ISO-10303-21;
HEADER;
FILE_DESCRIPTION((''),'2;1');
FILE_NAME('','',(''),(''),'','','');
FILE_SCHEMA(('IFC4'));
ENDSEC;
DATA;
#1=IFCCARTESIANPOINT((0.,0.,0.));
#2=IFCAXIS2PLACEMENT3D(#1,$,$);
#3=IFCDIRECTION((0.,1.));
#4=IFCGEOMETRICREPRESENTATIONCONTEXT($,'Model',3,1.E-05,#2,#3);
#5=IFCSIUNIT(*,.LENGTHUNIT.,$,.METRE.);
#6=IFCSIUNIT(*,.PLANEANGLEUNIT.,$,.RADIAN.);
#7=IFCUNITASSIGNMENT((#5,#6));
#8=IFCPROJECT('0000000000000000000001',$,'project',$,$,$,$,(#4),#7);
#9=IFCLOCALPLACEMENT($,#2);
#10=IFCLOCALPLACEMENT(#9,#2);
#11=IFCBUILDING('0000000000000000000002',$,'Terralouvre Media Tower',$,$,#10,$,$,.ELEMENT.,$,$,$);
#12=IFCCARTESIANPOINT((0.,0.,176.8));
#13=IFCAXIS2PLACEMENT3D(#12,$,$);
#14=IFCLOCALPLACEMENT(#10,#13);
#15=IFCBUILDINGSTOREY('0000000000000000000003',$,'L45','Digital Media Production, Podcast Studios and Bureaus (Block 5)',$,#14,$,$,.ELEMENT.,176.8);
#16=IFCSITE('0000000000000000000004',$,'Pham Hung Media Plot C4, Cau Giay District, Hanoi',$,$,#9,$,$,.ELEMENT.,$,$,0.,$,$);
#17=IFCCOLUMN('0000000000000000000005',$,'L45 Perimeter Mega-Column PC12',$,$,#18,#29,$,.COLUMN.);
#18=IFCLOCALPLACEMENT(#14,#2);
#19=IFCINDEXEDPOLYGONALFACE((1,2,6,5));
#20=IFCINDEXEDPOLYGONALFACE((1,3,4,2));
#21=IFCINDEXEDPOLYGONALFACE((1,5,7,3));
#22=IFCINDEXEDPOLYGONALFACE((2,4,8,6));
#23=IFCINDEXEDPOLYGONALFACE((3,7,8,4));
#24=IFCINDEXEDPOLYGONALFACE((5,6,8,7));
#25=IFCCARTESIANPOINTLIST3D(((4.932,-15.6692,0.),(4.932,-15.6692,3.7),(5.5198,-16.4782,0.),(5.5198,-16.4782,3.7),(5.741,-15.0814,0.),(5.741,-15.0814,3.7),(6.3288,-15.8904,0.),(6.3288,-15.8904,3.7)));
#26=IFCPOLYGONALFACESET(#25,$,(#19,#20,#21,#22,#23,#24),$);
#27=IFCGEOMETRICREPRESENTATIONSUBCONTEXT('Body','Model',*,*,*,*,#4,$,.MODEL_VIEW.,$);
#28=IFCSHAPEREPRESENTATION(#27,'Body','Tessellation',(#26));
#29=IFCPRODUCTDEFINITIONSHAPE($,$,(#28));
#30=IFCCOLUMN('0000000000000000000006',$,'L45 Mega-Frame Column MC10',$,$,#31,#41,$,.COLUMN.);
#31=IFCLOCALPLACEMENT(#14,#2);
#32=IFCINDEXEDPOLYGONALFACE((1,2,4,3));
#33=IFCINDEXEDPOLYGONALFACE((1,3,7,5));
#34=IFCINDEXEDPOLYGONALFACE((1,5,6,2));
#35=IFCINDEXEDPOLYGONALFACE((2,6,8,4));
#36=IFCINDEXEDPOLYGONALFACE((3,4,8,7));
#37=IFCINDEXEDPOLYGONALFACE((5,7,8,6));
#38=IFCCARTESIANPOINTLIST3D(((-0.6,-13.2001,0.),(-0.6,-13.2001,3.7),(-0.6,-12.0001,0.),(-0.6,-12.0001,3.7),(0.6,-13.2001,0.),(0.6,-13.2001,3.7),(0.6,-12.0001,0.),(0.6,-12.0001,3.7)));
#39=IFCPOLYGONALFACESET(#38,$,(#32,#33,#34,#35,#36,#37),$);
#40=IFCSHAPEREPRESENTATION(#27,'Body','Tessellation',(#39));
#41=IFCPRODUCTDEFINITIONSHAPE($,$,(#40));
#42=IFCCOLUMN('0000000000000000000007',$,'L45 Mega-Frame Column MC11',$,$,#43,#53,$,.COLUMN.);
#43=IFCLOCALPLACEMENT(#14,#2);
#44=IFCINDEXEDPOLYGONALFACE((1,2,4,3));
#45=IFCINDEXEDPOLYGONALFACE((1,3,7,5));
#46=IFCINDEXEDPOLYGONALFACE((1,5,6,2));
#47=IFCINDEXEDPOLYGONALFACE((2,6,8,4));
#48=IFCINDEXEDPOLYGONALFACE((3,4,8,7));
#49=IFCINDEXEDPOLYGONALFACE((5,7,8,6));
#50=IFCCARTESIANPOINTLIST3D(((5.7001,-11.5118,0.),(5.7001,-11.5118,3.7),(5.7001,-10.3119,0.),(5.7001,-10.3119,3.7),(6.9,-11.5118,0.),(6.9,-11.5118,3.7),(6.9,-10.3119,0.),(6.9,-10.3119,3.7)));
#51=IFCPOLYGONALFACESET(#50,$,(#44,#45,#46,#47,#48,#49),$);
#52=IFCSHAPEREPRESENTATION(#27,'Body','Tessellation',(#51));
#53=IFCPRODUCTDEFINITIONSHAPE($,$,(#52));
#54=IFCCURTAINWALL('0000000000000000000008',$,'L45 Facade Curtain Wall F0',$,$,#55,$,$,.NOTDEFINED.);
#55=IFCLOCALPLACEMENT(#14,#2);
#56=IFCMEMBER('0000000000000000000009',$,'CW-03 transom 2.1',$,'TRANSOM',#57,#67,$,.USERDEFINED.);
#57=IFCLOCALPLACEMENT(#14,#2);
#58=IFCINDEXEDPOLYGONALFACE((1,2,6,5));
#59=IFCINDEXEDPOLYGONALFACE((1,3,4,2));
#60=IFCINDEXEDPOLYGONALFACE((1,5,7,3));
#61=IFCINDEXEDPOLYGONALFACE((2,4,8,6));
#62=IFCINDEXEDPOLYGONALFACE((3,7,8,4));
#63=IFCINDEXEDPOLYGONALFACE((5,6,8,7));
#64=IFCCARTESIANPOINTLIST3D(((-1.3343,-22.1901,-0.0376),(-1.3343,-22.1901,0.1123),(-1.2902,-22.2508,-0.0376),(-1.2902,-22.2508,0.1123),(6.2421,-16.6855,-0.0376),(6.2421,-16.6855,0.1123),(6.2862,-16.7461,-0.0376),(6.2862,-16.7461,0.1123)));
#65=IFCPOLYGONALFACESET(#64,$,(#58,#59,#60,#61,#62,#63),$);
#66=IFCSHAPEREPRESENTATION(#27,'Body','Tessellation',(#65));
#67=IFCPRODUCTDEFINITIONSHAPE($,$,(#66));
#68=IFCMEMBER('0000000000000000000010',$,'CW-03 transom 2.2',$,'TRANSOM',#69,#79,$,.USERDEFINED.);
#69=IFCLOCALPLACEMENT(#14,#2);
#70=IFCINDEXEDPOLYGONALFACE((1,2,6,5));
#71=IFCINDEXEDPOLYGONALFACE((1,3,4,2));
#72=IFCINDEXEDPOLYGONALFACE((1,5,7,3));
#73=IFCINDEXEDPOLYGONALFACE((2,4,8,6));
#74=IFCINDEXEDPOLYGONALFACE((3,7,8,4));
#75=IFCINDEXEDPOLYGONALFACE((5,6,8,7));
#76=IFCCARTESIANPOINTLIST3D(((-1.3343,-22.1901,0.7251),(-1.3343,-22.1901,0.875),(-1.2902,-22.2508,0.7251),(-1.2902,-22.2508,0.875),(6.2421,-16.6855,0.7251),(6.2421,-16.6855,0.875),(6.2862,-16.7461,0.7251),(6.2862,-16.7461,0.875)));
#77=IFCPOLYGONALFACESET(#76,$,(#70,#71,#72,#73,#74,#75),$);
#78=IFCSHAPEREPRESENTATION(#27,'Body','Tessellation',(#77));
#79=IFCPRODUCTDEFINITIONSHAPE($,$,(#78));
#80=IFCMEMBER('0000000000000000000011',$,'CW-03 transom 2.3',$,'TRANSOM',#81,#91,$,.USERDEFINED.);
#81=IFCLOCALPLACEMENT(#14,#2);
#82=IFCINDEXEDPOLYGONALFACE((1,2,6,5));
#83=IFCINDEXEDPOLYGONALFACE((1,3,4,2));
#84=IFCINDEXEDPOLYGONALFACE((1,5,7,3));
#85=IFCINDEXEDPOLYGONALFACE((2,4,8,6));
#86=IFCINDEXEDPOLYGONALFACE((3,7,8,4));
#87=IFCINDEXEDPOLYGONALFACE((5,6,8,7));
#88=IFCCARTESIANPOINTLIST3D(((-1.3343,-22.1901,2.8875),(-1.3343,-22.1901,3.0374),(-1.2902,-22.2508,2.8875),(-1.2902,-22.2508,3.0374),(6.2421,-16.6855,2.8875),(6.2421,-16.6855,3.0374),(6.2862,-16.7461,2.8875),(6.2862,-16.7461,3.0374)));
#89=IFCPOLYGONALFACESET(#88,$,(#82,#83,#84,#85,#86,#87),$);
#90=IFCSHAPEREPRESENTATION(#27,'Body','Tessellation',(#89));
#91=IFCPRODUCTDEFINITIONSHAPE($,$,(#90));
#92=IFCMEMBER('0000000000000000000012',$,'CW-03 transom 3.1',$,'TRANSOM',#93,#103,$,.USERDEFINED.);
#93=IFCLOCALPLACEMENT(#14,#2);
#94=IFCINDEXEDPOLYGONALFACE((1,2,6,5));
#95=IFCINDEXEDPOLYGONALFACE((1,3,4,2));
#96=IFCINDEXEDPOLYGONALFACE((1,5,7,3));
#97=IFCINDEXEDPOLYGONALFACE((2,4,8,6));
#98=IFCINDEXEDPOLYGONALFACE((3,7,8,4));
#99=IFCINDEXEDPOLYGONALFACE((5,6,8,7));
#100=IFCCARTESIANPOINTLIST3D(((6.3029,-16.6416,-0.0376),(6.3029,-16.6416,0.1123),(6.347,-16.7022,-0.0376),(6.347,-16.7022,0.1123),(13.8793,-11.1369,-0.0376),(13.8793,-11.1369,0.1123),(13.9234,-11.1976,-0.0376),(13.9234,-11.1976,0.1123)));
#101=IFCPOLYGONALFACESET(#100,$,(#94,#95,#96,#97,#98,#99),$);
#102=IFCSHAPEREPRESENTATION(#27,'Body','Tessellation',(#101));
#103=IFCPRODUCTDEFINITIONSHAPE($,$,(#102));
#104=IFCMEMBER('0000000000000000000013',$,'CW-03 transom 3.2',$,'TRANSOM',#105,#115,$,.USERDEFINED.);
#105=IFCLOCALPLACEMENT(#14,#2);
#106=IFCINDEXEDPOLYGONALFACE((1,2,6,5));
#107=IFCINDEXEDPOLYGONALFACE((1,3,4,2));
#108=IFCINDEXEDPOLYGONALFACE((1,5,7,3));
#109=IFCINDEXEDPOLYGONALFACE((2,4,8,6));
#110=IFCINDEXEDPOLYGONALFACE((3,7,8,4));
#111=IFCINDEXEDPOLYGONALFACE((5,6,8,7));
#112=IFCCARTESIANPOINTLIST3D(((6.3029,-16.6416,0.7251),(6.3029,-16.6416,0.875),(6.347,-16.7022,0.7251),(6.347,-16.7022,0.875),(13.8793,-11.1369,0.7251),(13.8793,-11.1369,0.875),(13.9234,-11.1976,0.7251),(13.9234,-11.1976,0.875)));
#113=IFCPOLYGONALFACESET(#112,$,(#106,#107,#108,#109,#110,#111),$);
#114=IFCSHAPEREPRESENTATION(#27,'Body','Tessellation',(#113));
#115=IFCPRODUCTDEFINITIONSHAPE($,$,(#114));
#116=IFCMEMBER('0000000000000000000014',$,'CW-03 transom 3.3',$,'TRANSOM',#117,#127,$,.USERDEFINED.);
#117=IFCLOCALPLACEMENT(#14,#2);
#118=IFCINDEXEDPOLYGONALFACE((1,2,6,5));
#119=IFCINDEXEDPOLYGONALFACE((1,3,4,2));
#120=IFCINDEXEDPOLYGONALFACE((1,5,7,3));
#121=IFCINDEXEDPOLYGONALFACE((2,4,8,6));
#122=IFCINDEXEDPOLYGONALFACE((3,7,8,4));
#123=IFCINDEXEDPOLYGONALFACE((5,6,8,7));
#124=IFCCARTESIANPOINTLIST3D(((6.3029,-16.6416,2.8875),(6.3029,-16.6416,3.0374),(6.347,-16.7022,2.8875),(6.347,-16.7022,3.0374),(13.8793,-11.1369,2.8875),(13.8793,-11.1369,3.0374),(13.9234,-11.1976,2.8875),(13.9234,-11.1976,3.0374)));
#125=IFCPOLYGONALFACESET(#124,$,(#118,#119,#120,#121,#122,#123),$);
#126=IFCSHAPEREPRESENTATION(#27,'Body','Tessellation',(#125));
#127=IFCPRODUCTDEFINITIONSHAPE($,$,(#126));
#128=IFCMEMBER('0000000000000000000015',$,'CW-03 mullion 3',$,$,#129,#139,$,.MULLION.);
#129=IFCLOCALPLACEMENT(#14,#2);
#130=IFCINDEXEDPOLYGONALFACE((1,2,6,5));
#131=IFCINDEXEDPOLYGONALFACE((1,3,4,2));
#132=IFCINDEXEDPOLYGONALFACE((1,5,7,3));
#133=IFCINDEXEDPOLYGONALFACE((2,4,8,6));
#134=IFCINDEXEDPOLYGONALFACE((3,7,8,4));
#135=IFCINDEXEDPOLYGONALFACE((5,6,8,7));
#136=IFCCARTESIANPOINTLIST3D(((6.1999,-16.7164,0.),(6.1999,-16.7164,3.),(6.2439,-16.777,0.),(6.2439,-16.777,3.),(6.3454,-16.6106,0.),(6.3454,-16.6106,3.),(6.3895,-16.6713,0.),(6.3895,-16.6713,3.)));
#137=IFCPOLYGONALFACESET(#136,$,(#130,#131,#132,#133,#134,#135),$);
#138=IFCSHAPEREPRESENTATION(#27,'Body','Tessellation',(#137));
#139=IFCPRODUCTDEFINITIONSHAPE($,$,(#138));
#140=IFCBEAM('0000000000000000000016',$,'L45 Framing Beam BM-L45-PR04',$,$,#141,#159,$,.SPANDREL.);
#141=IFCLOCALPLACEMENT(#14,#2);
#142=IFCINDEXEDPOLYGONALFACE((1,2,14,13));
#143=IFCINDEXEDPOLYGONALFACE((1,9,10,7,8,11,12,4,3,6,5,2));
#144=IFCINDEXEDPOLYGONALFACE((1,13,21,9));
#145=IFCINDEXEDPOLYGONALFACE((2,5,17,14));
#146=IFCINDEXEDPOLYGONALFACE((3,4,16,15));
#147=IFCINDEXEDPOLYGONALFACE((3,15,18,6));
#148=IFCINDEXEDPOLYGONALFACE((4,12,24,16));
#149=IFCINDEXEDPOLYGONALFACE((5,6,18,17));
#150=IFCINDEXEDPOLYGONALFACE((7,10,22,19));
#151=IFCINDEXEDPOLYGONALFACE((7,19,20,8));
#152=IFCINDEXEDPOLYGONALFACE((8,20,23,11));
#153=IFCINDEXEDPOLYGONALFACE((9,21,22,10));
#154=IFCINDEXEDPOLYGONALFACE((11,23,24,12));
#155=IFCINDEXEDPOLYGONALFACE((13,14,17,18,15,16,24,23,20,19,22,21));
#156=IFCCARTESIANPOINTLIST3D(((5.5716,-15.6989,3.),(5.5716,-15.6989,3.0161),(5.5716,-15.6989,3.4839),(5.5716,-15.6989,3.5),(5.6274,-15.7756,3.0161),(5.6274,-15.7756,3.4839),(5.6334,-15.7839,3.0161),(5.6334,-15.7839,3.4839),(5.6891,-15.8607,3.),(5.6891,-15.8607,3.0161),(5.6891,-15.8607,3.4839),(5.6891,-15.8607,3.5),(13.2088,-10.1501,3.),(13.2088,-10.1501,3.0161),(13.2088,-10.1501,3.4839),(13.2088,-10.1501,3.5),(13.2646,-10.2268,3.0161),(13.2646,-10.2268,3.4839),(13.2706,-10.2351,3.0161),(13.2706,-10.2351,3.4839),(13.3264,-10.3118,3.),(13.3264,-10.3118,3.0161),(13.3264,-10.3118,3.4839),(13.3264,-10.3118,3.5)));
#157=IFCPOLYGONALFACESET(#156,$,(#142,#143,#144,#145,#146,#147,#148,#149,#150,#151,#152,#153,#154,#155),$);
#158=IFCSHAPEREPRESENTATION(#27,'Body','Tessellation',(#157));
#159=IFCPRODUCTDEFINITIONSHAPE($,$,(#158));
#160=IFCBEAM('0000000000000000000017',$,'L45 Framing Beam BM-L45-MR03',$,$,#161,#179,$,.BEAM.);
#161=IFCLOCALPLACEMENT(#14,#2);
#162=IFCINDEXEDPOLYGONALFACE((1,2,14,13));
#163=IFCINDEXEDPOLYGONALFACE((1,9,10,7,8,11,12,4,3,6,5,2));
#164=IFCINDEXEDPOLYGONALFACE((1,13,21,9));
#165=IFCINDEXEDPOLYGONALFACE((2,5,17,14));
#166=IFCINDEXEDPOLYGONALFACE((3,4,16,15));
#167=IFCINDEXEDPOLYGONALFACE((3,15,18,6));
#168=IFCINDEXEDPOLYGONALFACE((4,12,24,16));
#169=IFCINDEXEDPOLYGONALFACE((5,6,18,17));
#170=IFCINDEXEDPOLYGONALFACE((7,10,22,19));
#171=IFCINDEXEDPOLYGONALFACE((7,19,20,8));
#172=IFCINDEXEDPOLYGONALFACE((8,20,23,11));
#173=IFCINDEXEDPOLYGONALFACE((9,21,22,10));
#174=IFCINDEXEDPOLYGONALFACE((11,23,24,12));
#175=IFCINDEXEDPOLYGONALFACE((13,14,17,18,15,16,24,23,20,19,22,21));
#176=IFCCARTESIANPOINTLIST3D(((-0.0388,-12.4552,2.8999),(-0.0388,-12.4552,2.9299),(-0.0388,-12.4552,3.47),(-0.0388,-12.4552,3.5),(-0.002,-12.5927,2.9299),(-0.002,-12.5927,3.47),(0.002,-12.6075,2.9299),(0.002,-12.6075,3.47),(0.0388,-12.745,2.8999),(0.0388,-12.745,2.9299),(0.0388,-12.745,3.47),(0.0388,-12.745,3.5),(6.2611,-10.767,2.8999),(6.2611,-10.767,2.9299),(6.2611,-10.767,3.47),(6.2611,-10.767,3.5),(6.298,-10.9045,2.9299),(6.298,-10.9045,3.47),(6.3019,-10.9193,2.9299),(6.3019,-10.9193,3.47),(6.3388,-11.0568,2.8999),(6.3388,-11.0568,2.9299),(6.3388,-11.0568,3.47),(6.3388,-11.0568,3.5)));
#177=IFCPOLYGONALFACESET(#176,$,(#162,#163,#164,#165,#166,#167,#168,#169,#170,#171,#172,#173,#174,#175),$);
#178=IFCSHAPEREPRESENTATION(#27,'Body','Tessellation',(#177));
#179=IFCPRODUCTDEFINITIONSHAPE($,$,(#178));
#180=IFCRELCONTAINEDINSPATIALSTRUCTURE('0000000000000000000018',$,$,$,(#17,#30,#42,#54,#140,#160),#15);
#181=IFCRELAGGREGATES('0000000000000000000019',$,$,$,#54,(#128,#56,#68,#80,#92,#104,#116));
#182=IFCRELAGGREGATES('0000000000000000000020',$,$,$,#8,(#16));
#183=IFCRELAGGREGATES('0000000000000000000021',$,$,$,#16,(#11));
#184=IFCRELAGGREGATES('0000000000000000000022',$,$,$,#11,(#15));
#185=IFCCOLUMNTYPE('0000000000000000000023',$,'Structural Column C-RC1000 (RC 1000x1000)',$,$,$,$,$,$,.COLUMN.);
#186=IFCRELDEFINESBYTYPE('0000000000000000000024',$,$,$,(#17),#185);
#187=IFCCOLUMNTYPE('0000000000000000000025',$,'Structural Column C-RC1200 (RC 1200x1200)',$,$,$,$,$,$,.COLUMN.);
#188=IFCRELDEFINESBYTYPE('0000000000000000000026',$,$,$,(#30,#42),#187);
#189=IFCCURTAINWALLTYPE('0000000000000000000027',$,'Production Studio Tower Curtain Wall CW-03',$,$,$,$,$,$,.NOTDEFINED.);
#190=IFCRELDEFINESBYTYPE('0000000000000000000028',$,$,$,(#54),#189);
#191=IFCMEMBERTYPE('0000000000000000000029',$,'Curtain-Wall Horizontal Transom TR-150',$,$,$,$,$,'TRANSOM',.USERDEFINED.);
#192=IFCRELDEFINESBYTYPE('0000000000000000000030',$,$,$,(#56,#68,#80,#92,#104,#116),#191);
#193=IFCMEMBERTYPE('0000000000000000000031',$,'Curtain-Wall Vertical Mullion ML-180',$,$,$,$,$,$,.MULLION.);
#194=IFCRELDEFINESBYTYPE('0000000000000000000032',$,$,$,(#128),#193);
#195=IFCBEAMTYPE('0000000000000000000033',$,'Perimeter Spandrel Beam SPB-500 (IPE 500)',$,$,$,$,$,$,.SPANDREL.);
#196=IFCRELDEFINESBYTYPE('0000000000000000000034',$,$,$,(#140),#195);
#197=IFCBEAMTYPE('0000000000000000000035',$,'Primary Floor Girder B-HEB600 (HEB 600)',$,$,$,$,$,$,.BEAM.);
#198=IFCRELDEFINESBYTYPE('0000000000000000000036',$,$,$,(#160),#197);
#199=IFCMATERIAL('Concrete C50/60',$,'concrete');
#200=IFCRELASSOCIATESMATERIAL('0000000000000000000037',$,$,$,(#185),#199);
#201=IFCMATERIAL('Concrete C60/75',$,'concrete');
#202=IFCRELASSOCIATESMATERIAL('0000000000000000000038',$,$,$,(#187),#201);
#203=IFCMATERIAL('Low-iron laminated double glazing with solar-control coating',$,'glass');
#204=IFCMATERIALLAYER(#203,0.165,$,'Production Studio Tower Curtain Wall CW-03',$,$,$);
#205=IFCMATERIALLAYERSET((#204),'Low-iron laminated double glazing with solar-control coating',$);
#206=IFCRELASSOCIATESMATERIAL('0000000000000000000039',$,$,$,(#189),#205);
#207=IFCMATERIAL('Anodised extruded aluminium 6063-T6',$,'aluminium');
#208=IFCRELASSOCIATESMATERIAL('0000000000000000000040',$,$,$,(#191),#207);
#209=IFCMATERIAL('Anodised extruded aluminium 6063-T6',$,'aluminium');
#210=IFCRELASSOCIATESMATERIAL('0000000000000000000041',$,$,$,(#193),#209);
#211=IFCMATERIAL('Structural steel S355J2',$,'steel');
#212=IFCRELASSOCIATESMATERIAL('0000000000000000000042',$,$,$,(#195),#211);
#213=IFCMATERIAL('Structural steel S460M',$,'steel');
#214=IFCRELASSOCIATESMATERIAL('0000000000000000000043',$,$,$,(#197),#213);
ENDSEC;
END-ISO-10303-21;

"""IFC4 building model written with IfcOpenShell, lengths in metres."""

from ifc_helpers import new_model, si_unit, direction, frame, origin, origin_2d, place, context, subcontext, project, spatial, rectangle, i_section, extrude, material, layer, layer_set, material_profile, profile_set, type_object, element, aggregate, save


model = new_model("IFC4")

# Units and contexts
model_context = context("Model", 3, precision=1e-05, world=origin(), true_north=direction((0.0, 1.0)))
body_context = subcontext(model_context, "Body", "Model", "MODEL_VIEW")
ifc_project = project(units=[si_unit("LENGTHUNIT", "METRE"), si_unit("PLANEANGLEUNIT", "RADIAN")], contexts=[model_context])

# Site, building, storey
site_placement = place(None, origin())
site = spatial("IfcSite", under=ifc_project, at=site_placement, Name="Pham Hung Media Plot C4, Cau Giay District, Hanoi", CompositionType="ELEMENT", RefElevation=0.0)
building_placement = place(site_placement, origin())
building = spatial("IfcBuilding", under=site, at=building_placement, Name="Terralouvre Media Tower", CompositionType="ELEMENT")
storey_placement = place(building_placement, frame((0.0, 0.0, 176.8)))
storey = spatial("IfcBuildingStorey", under=building, at=storey_placement, Name="L45", Description="Digital Media Production, Podcast Studios and Bureaus (Block 5)", CompositionType="ELEMENT", Elevation=176.8)

# Columns
ifc_material_1 = material(Name="Concrete C50/60", Category="concrete")
ifc_material_profile_1 = material_profile(ifc_material_1, rectangle(XDim=1.0, YDim=1.0, at=origin_2d()), Name="RC 1000x1000")
ifc_profile_set_1 = profile_set([ifc_material_profile_1], Name="Concrete C50/60")
column_type_1 = type_object("IfcColumnType", Name="Structural Column C-RC1000 (RC 1000x1000)", PredefinedType="COLUMN", material=ifc_profile_set_1)
column_placement = place(storey_placement, frame((5.6304, -15.7798, 0.0), z_axis=(0.0, 0.0, 1.0), x_axis=(0.809017, 0.587785, 0.0)))
element("IfcColumn", 1, at=column_placement, inside=storey, type_object=column_type_1, Name="L45 Perimeter Mega-Column PC12", PredefinedType="COLUMN", context=body_context, shape_type="SweptSolid", body=[
    extrude(rectangle(XDim=1.0, YDim=1.0, at=origin_2d()), origin(), (0.0, 0.0, 1.0), 3.7),
])
ifc_material_2 = material(Name="Concrete C60/75", Category="concrete")
ifc_material_profile_2 = material_profile(ifc_material_2, rectangle(XDim=1.2, YDim=1.2, at=origin_2d()), Name="RC 1200x1200")
ifc_profile_set_2 = profile_set([ifc_material_profile_2], Name="Concrete C60/75")
column_type_2 = type_object("IfcColumnType", Name="Structural Column C-RC1200 (RC 1200x1200)", PredefinedType="COLUMN", material=ifc_profile_set_2)
for number, where, z_axis, x_axis, name in (
    (2, (0.0, -12.6001, 0.0), (0.0, 0.0, 1.0), (1.0, 0.0, 0.0), "L45 Mega-Frame Column MC10"),
    (3, (6.3, -10.9119, 0.0), (0.0, 0.0, 1.0), (1.0, 0.0, 0.0), "L45 Mega-Frame Column MC11"),
):
    element("IfcColumn", number, at=place(storey_placement, frame(where, z_axis=z_axis, x_axis=x_axis)), inside=storey, type_object=column_type_2, Name=name, PredefinedType="COLUMN", context=body_context, shape_type="SweptSolid", body=[
        extrude(rectangle(XDim=1.2, YDim=1.2, at=origin_2d()), origin(), (0.0, 0.0, 1.0), 3.7),
    ])

# Curtain wall, members
ifc_material_3 = material(Name="Low-iron laminated double glazing with solar-control coating", Category="glass")
ifc_layer_1 = layer(ifc_material_3, 0.165, Name="Production Studio Tower Curtain Wall CW-03")
ifc_layer_set_1 = layer_set([ifc_layer_1], Name="Low-iron laminated double glazing with solar-control coating")
curtain_wall_type = type_object("IfcCurtainWallType", Name="Production Studio Tower Curtain Wall CW-03", PredefinedType="NOTDEFINED", material=ifc_layer_set_1)
curtain_wall_placement = place(storey_placement, origin())
curtain_wall = element("IfcCurtainWall", 4, at=curtain_wall_placement, inside=storey, type_object=curtain_wall_type, Name="L45 Facade Curtain Wall F0", PredefinedType="NOTDEFINED")
ifc_material_4 = material(Name="Anodised extruded aluminium 6063-T6", Category="aluminium")
ifc_material_profile_3 = material_profile(ifc_material_4, rectangle(XDim=0.075, YDim=0.1499, at=origin_2d()), Name="ALU 75x150")
ifc_profile_set_3 = profile_set([ifc_material_profile_3], Name="Anodised extruded aluminium 6063-T6")
member_type_1 = type_object("IfcMemberType", Name="Curtain-Wall Horizontal Transom TR-150", ElementType="TRANSOM", PredefinedType="USERDEFINED", material=ifc_profile_set_3)
member_1_placement = place(storey_placement, frame((-1.3123, -22.2205, 0.0374), z_axis=(0.809014, 0.587789, 0.0), x_axis=(-0.587789, 0.809014, 0.0)))
member_1 = element("IfcMember", 5, at=member_1_placement, type_object=member_type_1, Name="CW-03 transom 2.1", ObjectType="TRANSOM", PredefinedType="USERDEFINED", context=body_context, shape_type="SweptSolid", body=[
    extrude(rectangle(XDim=0.075, YDim=0.1499, at=origin_2d()), origin(), (0.0, 0.0, 1.0), 9.365),
])
member_2_placement = place(storey_placement, frame((-1.3123, -22.2205, 0.8), z_axis=(0.809014, 0.587789, 0.0), x_axis=(-0.587789, 0.809014, 0.0)))
member_2 = element("IfcMember", 6, at=member_2_placement, type_object=member_type_1, Name="CW-03 transom 2.2", ObjectType="TRANSOM", PredefinedType="USERDEFINED", context=body_context, shape_type="SweptSolid", body=[
    extrude(rectangle(XDim=0.075, YDim=0.1499, at=origin_2d()), origin(), (0.0, 0.0, 1.0), 9.365),
])
member_3_placement = place(storey_placement, frame((-1.3123, -22.2205, 2.9624), z_axis=(0.809014, 0.587789, 0.0), x_axis=(-0.587789, 0.809014, 0.0)))
member_3 = element("IfcMember", 7, at=member_3_placement, type_object=member_type_1, Name="CW-03 transom 2.3", ObjectType="TRANSOM", PredefinedType="USERDEFINED", context=body_context, shape_type="SweptSolid", body=[
    extrude(rectangle(XDim=0.075, YDim=0.1499, at=origin_2d()), origin(), (0.0, 0.0, 1.0), 9.365),
])
member_4_placement = place(storey_placement, frame((6.325, -16.6719, 0.0374), z_axis=(0.809014, 0.587789, 0.0), x_axis=(-0.587789, 0.809014, 0.0)))
member_4 = element("IfcMember", 8, at=member_4_placement, type_object=member_type_1, Name="CW-03 transom 3.1", ObjectType="TRANSOM", PredefinedType="USERDEFINED", context=body_context, shape_type="SweptSolid", body=[
    extrude(rectangle(XDim=0.075, YDim=0.1499, at=origin_2d()), origin(), (0.0, 0.0, 1.0), 9.365),
])
member_5_placement = place(storey_placement, frame((6.325, -16.6719, 0.8), z_axis=(0.809014, 0.587789, 0.0), x_axis=(-0.587789, 0.809014, 0.0)))
member_5 = element("IfcMember", 9, at=member_5_placement, type_object=member_type_1, Name="CW-03 transom 3.2", ObjectType="TRANSOM", PredefinedType="USERDEFINED", context=body_context, shape_type="SweptSolid", body=[
    extrude(rectangle(XDim=0.075, YDim=0.1499, at=origin_2d()), origin(), (0.0, 0.0, 1.0), 9.365),
])
member_6_placement = place(storey_placement, frame((6.325, -16.6719, 2.9624), z_axis=(0.809014, 0.587789, 0.0), x_axis=(-0.587789, 0.809014, 0.0)))
member_6 = element("IfcMember", 10, at=member_6_placement, type_object=member_type_1, Name="CW-03 transom 3.3", ObjectType="TRANSOM", PredefinedType="USERDEFINED", context=body_context, shape_type="SweptSolid", body=[
    extrude(rectangle(XDim=0.075, YDim=0.1499, at=origin_2d()), origin(), (0.0, 0.0, 1.0), 9.365),
])
ifc_material_5 = material(Name="Anodised extruded aluminium 6063-T6", Category="aluminium")
ifc_material_profile_4 = material_profile(ifc_material_5, rectangle(XDim=0.075, YDim=0.1799, at=origin_2d()), Name="ALU 75x180")
ifc_profile_set_4 = profile_set([ifc_material_profile_4], Name="Anodised extruded aluminium 6063-T6")
member_type_2 = type_object("IfcMemberType", Name="Curtain-Wall Vertical Mullion ML-180", PredefinedType="MULLION", material=ifc_profile_set_4)
member_7_placement = place(storey_placement, frame((6.2947, -16.6938, 0.0), z_axis=(0.0, 0.0, 1.0), x_axis=(-0.587785, 0.809017, 0.0)))
member_7 = element("IfcMember", 11, at=member_7_placement, type_object=member_type_2, Name="CW-03 mullion 3", PredefinedType="MULLION", context=body_context, shape_type="SweptSolid", body=[
    extrude(rectangle(XDim=0.075, YDim=0.1799, at=origin_2d()), origin(), (0.0, 0.0, 1.0), 3.0),
])

# Beams
ifc_material_6 = material(Name="Structural steel S355J2", Category="steel")
ifc_material_profile_5 = material_profile(ifc_material_6, i_section(OverallWidth=0.2, OverallDepth=0.5, WebThickness=0.0103, FlangeThickness=0.0161, at=origin_2d()), Name="IPE 500")
ifc_profile_set_5 = profile_set([ifc_material_profile_5], Name="Structural steel S355J2")
beam_type_1 = type_object("IfcBeamType", Name="Perimeter Spandrel Beam SPB-500 (IPE 500)", PredefinedType="SPANDREL", material=ifc_profile_set_5)
beam_1_placement = place(storey_placement, frame((5.6304, -15.7798, 3.25), z_axis=(0.809013, 0.58779, 0.0), x_axis=(-0.58779, 0.809013, 0.0)))
element("IfcBeam", 12, at=beam_1_placement, inside=storey, type_object=beam_type_1, Name="L45 Framing Beam BM-L45-PR04", PredefinedType="SPANDREL", context=body_context, shape_type="SweptSolid", body=[
    extrude(i_section(OverallWidth=0.2, OverallDepth=0.5, WebThickness=0.0103, FlangeThickness=0.0161, at=origin_2d()), origin(), (0.0, 0.0, 1.0), 9.4402),
])
ifc_material_7 = material(Name="Structural steel S460M", Category="steel")
ifc_material_profile_6 = material_profile(ifc_material_7, i_section(OverallWidth=0.3, OverallDepth=0.6001, WebThickness=0.0154, FlangeThickness=0.03, at=origin_2d()), Name="HEB 600")
ifc_profile_set_6 = profile_set([ifc_material_profile_6], Name="Structural steel S460M")
beam_type_2 = type_object("IfcBeamType", Name="Primary Floor Girder B-HEB600 (HEB 600)", PredefinedType="BEAM", material=ifc_profile_set_6)
beam_2_placement = place(storey_placement, frame((0.0, -12.6001, 3.2), z_axis=(0.96592, 0.258839, 0.0), x_axis=(-0.258839, 0.96592, 0.0)))
element("IfcBeam", 13, at=beam_2_placement, inside=storey, type_object=beam_type_2, Name="L45 Framing Beam BM-L45-MR03", PredefinedType="BEAM", context=body_context, shape_type="SweptSolid", body=[
    extrude(i_section(OverallWidth=0.3, OverallDepth=0.6001, WebThickness=0.0154, FlangeThickness=0.03, at=origin_2d()), origin(), (0.0, 0.0, 1.0), 6.5222),
])

aggregate(curtain_wall, [member_7, member_1, member_2, member_3, member_4, member_5, member_6])

save(model, "model.ifc")
